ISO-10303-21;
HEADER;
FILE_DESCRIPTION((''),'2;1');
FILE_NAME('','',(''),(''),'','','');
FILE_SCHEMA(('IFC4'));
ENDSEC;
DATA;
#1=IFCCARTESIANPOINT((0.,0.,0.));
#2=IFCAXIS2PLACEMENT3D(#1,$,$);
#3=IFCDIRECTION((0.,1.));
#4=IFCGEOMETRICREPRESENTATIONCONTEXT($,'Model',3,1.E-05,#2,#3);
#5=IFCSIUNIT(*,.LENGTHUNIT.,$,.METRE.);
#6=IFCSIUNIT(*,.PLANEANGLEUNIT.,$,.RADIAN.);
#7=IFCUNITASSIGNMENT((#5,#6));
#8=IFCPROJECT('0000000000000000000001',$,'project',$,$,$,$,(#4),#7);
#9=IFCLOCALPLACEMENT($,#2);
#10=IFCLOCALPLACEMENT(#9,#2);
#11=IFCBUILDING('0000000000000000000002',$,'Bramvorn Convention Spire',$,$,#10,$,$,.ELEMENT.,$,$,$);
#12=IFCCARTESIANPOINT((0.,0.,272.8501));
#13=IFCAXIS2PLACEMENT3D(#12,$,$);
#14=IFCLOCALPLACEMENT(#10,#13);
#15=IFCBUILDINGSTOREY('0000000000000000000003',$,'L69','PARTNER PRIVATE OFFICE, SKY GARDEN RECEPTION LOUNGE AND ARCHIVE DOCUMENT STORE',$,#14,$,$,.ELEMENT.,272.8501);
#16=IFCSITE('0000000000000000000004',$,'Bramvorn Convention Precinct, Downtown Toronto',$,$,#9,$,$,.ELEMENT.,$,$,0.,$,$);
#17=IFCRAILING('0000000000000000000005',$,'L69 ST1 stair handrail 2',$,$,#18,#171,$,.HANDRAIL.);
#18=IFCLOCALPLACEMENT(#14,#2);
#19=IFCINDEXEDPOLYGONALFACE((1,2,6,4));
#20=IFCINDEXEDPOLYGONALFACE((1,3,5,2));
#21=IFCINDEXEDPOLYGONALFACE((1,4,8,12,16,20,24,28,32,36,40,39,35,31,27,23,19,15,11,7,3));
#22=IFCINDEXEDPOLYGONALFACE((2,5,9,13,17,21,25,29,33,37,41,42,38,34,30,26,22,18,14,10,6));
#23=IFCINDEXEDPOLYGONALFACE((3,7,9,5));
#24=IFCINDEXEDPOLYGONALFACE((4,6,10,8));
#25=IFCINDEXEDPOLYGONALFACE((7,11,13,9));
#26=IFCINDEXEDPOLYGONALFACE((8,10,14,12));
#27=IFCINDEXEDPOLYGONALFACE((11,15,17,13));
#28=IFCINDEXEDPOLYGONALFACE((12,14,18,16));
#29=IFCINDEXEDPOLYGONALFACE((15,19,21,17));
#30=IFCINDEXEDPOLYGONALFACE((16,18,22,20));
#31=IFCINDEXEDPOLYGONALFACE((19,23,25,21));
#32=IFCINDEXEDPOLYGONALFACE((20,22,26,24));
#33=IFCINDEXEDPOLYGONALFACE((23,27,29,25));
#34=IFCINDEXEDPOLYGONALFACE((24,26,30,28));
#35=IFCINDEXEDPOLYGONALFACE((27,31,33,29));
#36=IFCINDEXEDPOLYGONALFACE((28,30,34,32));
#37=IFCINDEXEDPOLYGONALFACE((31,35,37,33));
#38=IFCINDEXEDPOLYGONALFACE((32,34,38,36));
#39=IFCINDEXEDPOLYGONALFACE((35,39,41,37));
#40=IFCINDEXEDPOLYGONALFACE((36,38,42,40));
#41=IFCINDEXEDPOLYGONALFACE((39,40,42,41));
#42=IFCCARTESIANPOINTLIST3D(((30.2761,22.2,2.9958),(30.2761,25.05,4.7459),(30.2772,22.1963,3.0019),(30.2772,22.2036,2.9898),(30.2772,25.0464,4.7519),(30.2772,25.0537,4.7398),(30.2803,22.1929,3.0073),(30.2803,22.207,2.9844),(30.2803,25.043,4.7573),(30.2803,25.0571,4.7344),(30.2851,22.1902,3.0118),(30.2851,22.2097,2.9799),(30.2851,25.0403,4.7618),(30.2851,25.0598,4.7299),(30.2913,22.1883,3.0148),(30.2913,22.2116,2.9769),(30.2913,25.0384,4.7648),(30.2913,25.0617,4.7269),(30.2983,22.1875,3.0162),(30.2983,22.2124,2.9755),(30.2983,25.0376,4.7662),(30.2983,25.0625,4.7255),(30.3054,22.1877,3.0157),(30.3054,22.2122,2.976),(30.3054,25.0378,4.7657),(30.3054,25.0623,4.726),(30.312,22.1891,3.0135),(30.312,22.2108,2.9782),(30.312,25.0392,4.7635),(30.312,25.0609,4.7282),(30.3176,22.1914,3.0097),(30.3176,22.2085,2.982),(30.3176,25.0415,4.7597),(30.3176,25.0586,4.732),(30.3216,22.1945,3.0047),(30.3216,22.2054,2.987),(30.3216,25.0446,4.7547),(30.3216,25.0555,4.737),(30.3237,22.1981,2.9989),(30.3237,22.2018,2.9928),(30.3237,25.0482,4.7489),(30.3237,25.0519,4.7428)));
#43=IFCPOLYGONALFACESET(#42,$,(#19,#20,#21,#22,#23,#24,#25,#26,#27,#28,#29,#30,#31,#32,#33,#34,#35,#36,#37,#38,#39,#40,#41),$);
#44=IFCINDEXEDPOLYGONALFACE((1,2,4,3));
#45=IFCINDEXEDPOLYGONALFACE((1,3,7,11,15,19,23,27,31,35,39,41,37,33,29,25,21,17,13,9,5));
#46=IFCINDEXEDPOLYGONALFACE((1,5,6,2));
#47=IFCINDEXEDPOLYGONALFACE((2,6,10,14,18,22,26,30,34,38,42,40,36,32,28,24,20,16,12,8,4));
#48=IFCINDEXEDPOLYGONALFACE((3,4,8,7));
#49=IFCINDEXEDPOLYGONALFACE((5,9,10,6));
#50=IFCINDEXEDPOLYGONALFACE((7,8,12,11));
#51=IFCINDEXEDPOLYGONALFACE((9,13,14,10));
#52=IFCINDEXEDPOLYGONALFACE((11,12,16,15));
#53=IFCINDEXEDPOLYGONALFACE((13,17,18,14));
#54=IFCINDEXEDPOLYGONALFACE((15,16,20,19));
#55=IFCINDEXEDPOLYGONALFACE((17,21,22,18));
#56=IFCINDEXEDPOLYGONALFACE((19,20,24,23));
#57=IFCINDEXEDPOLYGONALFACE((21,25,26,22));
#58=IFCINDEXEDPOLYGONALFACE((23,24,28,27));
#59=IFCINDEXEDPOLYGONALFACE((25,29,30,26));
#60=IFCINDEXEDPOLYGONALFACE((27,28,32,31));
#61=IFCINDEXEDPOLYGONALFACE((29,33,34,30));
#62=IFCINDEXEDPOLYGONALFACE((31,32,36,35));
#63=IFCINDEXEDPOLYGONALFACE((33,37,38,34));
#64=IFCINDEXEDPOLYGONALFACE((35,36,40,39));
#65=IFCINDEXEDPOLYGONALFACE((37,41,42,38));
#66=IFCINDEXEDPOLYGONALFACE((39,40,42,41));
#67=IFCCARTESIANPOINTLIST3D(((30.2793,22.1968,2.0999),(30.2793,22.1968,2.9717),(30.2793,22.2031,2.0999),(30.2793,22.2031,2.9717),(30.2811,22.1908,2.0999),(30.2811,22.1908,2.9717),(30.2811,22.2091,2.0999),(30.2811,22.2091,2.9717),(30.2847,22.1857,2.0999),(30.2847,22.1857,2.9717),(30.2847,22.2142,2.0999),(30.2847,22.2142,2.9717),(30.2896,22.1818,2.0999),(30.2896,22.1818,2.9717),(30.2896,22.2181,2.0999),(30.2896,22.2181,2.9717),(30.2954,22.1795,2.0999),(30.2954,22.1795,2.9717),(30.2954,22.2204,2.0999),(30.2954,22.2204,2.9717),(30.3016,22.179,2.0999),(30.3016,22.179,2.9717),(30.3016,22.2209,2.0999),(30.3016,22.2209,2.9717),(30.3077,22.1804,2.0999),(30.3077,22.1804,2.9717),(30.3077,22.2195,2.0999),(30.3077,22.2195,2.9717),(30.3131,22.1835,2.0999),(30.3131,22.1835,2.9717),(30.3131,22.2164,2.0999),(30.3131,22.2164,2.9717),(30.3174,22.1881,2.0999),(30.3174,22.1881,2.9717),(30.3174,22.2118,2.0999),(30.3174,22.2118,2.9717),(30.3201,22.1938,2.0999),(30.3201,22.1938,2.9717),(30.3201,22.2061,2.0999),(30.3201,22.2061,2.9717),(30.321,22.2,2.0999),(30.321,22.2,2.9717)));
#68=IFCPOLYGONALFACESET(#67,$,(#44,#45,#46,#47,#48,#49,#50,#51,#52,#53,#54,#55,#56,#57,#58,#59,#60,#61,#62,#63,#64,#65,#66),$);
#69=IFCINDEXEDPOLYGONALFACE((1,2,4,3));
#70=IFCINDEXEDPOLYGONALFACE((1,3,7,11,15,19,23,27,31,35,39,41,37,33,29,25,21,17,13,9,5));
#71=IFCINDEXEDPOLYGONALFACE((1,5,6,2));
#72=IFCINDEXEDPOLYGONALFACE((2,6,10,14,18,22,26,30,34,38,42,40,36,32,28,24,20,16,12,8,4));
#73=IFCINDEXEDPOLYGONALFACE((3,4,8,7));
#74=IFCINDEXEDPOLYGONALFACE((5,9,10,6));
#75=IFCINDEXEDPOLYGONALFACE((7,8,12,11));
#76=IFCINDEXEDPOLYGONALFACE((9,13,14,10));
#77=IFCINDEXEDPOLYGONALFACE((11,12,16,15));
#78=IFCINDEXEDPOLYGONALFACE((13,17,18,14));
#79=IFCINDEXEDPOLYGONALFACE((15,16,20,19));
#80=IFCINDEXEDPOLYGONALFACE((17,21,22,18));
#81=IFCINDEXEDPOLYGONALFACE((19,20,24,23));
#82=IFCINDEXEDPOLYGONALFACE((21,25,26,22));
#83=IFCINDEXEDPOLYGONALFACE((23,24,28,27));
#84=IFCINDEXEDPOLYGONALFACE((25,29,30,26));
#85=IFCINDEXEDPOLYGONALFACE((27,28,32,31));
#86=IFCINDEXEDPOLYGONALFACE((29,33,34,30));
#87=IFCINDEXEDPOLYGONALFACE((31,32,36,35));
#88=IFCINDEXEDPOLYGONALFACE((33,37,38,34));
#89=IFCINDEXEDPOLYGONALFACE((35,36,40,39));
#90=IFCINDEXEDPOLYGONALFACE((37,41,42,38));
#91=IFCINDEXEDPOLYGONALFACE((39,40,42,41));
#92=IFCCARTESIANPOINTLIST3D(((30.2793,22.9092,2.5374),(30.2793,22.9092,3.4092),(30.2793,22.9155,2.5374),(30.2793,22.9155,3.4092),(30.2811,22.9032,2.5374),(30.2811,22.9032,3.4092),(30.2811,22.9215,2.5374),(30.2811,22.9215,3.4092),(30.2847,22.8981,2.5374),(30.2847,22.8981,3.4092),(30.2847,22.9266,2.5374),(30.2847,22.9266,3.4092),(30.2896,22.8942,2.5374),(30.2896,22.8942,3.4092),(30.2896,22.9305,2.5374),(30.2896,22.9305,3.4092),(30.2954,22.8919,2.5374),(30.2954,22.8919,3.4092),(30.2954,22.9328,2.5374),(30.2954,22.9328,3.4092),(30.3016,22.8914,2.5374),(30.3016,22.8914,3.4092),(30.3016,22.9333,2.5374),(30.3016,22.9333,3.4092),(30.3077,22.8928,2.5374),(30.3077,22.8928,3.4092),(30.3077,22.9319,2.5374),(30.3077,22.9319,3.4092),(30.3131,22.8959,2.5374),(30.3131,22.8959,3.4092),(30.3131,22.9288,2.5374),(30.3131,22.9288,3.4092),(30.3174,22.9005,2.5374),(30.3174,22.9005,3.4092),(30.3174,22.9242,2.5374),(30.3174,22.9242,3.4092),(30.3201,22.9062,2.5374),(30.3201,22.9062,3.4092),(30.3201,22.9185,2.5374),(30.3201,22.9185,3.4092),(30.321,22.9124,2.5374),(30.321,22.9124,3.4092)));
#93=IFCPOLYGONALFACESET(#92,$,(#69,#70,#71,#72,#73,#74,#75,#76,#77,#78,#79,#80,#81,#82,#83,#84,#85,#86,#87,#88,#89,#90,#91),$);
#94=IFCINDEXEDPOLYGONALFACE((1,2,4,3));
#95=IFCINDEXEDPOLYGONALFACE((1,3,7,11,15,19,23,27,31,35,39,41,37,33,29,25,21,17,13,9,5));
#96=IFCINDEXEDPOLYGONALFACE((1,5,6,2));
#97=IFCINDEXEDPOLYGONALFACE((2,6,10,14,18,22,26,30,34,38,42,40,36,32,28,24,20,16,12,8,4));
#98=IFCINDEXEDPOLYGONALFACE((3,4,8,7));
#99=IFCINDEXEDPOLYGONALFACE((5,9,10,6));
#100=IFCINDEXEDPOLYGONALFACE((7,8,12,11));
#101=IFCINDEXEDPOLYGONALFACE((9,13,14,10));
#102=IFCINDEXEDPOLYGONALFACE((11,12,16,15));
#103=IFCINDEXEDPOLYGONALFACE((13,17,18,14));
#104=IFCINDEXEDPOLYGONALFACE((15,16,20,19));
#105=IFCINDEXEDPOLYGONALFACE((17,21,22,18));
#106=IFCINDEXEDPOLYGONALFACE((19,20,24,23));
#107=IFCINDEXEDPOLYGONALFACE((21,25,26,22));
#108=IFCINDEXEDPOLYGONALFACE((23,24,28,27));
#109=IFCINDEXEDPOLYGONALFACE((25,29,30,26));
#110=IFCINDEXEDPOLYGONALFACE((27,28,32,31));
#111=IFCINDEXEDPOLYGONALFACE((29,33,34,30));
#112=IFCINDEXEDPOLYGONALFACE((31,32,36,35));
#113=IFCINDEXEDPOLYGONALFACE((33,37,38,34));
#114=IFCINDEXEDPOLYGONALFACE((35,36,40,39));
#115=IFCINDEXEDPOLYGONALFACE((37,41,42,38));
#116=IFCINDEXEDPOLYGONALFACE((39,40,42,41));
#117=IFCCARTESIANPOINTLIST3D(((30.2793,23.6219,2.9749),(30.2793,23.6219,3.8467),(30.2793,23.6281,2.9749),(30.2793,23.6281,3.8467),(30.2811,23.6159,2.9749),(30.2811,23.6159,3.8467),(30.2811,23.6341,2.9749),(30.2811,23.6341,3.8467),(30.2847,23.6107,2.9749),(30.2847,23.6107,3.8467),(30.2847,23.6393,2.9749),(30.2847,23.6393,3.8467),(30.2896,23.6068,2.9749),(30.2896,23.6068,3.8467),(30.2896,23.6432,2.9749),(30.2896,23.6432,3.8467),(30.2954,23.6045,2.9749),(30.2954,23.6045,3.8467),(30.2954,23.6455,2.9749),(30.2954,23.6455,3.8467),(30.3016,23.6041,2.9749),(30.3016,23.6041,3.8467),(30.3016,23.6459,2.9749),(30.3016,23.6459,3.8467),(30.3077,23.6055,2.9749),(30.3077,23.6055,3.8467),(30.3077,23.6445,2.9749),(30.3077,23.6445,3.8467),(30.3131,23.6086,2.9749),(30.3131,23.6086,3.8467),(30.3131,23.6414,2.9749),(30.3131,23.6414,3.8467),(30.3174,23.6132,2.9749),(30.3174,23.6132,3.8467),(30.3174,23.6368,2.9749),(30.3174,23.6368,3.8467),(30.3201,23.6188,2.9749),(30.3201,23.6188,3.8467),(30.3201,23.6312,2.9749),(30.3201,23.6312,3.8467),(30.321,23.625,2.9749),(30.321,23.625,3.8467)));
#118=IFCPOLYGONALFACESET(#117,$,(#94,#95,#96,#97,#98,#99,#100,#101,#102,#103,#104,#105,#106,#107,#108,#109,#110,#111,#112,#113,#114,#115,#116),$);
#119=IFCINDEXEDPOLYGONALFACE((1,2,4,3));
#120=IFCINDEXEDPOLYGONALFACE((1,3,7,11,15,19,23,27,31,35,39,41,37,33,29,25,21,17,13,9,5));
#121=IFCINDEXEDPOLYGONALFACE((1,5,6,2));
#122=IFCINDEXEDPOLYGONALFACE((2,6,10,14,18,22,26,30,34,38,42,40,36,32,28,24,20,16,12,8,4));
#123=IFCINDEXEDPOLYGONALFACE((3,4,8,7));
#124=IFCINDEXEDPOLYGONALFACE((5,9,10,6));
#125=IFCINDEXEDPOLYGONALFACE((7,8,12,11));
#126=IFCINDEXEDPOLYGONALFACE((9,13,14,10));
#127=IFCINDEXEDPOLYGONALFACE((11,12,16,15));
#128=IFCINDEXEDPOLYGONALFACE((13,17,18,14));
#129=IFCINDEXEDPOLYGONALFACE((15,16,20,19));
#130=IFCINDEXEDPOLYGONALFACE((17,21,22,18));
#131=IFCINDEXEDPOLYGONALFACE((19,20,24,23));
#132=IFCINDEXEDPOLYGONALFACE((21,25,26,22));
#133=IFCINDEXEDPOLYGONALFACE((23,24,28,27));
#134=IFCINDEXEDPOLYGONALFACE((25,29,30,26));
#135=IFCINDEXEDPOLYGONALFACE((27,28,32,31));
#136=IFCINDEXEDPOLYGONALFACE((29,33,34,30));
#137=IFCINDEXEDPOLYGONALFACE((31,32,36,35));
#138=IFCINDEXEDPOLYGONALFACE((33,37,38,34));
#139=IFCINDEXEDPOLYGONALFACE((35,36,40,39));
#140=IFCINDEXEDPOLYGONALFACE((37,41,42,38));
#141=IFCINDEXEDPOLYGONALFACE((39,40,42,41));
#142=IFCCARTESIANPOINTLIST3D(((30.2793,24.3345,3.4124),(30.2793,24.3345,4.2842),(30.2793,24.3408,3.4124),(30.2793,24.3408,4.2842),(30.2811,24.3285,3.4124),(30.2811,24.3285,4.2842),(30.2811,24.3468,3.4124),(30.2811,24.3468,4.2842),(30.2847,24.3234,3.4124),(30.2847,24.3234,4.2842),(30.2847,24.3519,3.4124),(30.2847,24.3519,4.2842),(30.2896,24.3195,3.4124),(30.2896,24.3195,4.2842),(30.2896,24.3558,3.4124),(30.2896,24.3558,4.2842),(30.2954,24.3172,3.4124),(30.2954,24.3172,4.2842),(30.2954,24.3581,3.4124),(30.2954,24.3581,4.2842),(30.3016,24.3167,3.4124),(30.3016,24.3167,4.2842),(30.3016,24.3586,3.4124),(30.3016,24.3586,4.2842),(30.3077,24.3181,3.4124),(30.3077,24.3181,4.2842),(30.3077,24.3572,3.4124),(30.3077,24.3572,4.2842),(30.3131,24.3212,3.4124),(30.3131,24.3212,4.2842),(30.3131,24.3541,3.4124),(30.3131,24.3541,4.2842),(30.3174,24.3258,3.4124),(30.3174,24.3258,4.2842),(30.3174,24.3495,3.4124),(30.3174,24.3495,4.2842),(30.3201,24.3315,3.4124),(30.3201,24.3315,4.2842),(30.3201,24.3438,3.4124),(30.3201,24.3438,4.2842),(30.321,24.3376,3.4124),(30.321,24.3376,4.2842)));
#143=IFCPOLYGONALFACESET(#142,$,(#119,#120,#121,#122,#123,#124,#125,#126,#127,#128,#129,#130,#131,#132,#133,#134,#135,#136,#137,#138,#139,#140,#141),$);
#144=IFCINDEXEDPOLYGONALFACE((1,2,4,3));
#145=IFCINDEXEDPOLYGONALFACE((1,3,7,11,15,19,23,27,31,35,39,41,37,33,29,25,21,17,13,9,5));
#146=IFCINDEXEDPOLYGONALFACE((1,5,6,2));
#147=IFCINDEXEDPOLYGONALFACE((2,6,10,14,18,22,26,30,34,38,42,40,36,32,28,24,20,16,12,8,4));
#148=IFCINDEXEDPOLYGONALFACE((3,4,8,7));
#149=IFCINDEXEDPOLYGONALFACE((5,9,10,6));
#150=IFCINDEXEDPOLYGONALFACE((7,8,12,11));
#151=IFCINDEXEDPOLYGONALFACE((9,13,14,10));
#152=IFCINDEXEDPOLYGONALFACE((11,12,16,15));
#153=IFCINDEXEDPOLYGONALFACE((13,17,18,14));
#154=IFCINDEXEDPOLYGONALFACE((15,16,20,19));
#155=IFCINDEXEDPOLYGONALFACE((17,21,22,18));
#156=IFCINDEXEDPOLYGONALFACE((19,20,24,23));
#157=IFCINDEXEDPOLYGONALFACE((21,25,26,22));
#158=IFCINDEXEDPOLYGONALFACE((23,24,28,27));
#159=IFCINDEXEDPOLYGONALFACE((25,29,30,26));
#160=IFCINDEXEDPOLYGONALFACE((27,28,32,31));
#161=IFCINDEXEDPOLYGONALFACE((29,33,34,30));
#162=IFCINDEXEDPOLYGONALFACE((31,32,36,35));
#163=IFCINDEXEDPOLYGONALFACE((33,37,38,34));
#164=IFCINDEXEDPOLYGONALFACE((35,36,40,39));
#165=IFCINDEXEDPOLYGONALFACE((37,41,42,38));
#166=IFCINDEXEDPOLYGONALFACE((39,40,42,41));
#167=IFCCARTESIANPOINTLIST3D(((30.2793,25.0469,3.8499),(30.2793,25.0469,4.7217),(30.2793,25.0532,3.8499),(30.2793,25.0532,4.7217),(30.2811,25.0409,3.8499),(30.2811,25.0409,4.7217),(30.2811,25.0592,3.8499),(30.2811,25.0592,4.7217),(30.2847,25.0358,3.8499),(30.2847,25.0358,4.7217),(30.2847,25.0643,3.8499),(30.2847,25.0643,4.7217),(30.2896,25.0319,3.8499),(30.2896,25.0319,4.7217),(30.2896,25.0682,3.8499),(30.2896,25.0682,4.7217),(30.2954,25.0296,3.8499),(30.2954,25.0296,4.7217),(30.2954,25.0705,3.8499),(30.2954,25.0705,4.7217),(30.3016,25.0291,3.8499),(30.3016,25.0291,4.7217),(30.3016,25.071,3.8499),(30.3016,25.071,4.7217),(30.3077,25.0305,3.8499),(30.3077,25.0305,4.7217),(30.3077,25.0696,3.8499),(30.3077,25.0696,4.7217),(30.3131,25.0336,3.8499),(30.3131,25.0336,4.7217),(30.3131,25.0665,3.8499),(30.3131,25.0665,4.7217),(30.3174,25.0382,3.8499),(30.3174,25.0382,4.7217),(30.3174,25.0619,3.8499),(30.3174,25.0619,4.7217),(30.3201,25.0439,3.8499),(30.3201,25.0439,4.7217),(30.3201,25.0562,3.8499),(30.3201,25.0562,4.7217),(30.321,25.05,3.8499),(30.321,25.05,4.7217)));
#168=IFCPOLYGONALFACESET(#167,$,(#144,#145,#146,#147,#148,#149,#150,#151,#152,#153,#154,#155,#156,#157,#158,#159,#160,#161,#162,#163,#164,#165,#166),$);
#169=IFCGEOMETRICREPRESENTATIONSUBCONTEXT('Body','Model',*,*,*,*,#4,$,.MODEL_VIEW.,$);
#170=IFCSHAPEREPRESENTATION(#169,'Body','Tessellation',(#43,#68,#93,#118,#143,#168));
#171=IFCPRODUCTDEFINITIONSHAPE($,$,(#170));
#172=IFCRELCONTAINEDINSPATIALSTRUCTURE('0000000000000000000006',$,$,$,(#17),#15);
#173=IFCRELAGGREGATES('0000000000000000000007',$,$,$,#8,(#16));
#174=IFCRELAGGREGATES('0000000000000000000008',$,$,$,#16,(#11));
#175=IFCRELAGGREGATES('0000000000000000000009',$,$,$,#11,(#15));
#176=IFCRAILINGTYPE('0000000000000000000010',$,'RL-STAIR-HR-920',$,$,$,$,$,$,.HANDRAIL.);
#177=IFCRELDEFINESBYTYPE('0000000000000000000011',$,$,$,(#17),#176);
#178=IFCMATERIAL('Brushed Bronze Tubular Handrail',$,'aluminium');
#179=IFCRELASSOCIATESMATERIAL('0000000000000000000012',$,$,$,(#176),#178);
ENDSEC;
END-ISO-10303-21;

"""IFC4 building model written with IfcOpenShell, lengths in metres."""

from ifc_helpers import new_model, si_unit, direction, frame, origin, origin_2d, place, context, subcontext, project, spatial, circle, extrude, material, type_object, element, save


model = new_model("IFC4")

# Units and contexts
model_context = context("Model", 3, precision=1e-05, world=origin(), true_north=direction((0.0, 1.0)))
body_context = subcontext(model_context, "Body", "Model", "MODEL_VIEW")
ifc_project = project(units=[si_unit("LENGTHUNIT", "METRE"), si_unit("PLANEANGLEUNIT", "RADIAN")], contexts=[model_context])

# Site, building, storey
site_placement = place(None, origin())
site = spatial("IfcSite", under=ifc_project, at=site_placement, Name="Bramvorn Convention Precinct, Downtown Toronto", CompositionType="ELEMENT", RefElevation=0.0)
building_placement = place(site_placement, origin())
building = spatial("IfcBuilding", under=site, at=building_placement, Name="Bramvorn Convention Spire", CompositionType="ELEMENT")
storey_placement = place(building_placement, frame((0.0, 0.0, 272.8501)))
storey = spatial("IfcBuildingStorey", under=building, at=storey_placement, Name="L69", Description="PARTNER PRIVATE OFFICE, SKY GARDEN RECEPTION LOUNGE AND ARCHIVE DOCUMENT STORE", CompositionType="ELEMENT", Elevation=272.8501)

# Railing
ifc_material_1 = material(Name="Brushed Bronze Tubular Handrail", Category="aluminium")
railing_type_1 = type_object("IfcRailingType", Name="RL-STAIR-HR-920", PredefinedType="HANDRAIL", material=ifc_material_1)
for number, where, name in (
    (1, (30.3, 22.2, 2.0999), "L69 ST1 stair handrail 2"),
):
    element("IfcRailing", number, at=place(storey_placement, frame(where)), inside=storey, type_object=railing_type_1, Name=name, PredefinedType="HANDRAIL", context=body_context, shape_type="SweptSolid", body=[
        extrude(circle(Radius=0.0239, at=origin_2d()), frame((0.0, 0.0, 0.896), z_axis=(0.0, 0.852179, 0.52325), x_axis=(-1.0, 0.0, 0.0)), (0.0, 0.0, 1.0), 3.3445),
        extrude(circle(Radius=0.021, at=origin_2d()), origin(), (0.0, 0.0, 1.0), 0.8718),
        extrude(circle(Radius=0.021, at=origin_2d()), frame((0.0, 0.7124, 0.4375)), (0.0, 0.0, 1.0), 0.8718),
        extrude(circle(Radius=0.021, at=origin_2d()), frame((0.0, 1.425, 0.875)), (0.0, 0.0, 1.0), 0.8718),
        extrude(circle(Radius=0.021, at=origin_2d()), frame((0.0, 2.1377, 1.3125)), (0.0, 0.0, 1.0), 0.8718),
        extrude(circle(Radius=0.021, at=origin_2d()), frame((0.0, 2.8501, 1.75)), (0.0, 0.0, 1.0), 0.8718),
    ])

save(model, "model.ifc")
